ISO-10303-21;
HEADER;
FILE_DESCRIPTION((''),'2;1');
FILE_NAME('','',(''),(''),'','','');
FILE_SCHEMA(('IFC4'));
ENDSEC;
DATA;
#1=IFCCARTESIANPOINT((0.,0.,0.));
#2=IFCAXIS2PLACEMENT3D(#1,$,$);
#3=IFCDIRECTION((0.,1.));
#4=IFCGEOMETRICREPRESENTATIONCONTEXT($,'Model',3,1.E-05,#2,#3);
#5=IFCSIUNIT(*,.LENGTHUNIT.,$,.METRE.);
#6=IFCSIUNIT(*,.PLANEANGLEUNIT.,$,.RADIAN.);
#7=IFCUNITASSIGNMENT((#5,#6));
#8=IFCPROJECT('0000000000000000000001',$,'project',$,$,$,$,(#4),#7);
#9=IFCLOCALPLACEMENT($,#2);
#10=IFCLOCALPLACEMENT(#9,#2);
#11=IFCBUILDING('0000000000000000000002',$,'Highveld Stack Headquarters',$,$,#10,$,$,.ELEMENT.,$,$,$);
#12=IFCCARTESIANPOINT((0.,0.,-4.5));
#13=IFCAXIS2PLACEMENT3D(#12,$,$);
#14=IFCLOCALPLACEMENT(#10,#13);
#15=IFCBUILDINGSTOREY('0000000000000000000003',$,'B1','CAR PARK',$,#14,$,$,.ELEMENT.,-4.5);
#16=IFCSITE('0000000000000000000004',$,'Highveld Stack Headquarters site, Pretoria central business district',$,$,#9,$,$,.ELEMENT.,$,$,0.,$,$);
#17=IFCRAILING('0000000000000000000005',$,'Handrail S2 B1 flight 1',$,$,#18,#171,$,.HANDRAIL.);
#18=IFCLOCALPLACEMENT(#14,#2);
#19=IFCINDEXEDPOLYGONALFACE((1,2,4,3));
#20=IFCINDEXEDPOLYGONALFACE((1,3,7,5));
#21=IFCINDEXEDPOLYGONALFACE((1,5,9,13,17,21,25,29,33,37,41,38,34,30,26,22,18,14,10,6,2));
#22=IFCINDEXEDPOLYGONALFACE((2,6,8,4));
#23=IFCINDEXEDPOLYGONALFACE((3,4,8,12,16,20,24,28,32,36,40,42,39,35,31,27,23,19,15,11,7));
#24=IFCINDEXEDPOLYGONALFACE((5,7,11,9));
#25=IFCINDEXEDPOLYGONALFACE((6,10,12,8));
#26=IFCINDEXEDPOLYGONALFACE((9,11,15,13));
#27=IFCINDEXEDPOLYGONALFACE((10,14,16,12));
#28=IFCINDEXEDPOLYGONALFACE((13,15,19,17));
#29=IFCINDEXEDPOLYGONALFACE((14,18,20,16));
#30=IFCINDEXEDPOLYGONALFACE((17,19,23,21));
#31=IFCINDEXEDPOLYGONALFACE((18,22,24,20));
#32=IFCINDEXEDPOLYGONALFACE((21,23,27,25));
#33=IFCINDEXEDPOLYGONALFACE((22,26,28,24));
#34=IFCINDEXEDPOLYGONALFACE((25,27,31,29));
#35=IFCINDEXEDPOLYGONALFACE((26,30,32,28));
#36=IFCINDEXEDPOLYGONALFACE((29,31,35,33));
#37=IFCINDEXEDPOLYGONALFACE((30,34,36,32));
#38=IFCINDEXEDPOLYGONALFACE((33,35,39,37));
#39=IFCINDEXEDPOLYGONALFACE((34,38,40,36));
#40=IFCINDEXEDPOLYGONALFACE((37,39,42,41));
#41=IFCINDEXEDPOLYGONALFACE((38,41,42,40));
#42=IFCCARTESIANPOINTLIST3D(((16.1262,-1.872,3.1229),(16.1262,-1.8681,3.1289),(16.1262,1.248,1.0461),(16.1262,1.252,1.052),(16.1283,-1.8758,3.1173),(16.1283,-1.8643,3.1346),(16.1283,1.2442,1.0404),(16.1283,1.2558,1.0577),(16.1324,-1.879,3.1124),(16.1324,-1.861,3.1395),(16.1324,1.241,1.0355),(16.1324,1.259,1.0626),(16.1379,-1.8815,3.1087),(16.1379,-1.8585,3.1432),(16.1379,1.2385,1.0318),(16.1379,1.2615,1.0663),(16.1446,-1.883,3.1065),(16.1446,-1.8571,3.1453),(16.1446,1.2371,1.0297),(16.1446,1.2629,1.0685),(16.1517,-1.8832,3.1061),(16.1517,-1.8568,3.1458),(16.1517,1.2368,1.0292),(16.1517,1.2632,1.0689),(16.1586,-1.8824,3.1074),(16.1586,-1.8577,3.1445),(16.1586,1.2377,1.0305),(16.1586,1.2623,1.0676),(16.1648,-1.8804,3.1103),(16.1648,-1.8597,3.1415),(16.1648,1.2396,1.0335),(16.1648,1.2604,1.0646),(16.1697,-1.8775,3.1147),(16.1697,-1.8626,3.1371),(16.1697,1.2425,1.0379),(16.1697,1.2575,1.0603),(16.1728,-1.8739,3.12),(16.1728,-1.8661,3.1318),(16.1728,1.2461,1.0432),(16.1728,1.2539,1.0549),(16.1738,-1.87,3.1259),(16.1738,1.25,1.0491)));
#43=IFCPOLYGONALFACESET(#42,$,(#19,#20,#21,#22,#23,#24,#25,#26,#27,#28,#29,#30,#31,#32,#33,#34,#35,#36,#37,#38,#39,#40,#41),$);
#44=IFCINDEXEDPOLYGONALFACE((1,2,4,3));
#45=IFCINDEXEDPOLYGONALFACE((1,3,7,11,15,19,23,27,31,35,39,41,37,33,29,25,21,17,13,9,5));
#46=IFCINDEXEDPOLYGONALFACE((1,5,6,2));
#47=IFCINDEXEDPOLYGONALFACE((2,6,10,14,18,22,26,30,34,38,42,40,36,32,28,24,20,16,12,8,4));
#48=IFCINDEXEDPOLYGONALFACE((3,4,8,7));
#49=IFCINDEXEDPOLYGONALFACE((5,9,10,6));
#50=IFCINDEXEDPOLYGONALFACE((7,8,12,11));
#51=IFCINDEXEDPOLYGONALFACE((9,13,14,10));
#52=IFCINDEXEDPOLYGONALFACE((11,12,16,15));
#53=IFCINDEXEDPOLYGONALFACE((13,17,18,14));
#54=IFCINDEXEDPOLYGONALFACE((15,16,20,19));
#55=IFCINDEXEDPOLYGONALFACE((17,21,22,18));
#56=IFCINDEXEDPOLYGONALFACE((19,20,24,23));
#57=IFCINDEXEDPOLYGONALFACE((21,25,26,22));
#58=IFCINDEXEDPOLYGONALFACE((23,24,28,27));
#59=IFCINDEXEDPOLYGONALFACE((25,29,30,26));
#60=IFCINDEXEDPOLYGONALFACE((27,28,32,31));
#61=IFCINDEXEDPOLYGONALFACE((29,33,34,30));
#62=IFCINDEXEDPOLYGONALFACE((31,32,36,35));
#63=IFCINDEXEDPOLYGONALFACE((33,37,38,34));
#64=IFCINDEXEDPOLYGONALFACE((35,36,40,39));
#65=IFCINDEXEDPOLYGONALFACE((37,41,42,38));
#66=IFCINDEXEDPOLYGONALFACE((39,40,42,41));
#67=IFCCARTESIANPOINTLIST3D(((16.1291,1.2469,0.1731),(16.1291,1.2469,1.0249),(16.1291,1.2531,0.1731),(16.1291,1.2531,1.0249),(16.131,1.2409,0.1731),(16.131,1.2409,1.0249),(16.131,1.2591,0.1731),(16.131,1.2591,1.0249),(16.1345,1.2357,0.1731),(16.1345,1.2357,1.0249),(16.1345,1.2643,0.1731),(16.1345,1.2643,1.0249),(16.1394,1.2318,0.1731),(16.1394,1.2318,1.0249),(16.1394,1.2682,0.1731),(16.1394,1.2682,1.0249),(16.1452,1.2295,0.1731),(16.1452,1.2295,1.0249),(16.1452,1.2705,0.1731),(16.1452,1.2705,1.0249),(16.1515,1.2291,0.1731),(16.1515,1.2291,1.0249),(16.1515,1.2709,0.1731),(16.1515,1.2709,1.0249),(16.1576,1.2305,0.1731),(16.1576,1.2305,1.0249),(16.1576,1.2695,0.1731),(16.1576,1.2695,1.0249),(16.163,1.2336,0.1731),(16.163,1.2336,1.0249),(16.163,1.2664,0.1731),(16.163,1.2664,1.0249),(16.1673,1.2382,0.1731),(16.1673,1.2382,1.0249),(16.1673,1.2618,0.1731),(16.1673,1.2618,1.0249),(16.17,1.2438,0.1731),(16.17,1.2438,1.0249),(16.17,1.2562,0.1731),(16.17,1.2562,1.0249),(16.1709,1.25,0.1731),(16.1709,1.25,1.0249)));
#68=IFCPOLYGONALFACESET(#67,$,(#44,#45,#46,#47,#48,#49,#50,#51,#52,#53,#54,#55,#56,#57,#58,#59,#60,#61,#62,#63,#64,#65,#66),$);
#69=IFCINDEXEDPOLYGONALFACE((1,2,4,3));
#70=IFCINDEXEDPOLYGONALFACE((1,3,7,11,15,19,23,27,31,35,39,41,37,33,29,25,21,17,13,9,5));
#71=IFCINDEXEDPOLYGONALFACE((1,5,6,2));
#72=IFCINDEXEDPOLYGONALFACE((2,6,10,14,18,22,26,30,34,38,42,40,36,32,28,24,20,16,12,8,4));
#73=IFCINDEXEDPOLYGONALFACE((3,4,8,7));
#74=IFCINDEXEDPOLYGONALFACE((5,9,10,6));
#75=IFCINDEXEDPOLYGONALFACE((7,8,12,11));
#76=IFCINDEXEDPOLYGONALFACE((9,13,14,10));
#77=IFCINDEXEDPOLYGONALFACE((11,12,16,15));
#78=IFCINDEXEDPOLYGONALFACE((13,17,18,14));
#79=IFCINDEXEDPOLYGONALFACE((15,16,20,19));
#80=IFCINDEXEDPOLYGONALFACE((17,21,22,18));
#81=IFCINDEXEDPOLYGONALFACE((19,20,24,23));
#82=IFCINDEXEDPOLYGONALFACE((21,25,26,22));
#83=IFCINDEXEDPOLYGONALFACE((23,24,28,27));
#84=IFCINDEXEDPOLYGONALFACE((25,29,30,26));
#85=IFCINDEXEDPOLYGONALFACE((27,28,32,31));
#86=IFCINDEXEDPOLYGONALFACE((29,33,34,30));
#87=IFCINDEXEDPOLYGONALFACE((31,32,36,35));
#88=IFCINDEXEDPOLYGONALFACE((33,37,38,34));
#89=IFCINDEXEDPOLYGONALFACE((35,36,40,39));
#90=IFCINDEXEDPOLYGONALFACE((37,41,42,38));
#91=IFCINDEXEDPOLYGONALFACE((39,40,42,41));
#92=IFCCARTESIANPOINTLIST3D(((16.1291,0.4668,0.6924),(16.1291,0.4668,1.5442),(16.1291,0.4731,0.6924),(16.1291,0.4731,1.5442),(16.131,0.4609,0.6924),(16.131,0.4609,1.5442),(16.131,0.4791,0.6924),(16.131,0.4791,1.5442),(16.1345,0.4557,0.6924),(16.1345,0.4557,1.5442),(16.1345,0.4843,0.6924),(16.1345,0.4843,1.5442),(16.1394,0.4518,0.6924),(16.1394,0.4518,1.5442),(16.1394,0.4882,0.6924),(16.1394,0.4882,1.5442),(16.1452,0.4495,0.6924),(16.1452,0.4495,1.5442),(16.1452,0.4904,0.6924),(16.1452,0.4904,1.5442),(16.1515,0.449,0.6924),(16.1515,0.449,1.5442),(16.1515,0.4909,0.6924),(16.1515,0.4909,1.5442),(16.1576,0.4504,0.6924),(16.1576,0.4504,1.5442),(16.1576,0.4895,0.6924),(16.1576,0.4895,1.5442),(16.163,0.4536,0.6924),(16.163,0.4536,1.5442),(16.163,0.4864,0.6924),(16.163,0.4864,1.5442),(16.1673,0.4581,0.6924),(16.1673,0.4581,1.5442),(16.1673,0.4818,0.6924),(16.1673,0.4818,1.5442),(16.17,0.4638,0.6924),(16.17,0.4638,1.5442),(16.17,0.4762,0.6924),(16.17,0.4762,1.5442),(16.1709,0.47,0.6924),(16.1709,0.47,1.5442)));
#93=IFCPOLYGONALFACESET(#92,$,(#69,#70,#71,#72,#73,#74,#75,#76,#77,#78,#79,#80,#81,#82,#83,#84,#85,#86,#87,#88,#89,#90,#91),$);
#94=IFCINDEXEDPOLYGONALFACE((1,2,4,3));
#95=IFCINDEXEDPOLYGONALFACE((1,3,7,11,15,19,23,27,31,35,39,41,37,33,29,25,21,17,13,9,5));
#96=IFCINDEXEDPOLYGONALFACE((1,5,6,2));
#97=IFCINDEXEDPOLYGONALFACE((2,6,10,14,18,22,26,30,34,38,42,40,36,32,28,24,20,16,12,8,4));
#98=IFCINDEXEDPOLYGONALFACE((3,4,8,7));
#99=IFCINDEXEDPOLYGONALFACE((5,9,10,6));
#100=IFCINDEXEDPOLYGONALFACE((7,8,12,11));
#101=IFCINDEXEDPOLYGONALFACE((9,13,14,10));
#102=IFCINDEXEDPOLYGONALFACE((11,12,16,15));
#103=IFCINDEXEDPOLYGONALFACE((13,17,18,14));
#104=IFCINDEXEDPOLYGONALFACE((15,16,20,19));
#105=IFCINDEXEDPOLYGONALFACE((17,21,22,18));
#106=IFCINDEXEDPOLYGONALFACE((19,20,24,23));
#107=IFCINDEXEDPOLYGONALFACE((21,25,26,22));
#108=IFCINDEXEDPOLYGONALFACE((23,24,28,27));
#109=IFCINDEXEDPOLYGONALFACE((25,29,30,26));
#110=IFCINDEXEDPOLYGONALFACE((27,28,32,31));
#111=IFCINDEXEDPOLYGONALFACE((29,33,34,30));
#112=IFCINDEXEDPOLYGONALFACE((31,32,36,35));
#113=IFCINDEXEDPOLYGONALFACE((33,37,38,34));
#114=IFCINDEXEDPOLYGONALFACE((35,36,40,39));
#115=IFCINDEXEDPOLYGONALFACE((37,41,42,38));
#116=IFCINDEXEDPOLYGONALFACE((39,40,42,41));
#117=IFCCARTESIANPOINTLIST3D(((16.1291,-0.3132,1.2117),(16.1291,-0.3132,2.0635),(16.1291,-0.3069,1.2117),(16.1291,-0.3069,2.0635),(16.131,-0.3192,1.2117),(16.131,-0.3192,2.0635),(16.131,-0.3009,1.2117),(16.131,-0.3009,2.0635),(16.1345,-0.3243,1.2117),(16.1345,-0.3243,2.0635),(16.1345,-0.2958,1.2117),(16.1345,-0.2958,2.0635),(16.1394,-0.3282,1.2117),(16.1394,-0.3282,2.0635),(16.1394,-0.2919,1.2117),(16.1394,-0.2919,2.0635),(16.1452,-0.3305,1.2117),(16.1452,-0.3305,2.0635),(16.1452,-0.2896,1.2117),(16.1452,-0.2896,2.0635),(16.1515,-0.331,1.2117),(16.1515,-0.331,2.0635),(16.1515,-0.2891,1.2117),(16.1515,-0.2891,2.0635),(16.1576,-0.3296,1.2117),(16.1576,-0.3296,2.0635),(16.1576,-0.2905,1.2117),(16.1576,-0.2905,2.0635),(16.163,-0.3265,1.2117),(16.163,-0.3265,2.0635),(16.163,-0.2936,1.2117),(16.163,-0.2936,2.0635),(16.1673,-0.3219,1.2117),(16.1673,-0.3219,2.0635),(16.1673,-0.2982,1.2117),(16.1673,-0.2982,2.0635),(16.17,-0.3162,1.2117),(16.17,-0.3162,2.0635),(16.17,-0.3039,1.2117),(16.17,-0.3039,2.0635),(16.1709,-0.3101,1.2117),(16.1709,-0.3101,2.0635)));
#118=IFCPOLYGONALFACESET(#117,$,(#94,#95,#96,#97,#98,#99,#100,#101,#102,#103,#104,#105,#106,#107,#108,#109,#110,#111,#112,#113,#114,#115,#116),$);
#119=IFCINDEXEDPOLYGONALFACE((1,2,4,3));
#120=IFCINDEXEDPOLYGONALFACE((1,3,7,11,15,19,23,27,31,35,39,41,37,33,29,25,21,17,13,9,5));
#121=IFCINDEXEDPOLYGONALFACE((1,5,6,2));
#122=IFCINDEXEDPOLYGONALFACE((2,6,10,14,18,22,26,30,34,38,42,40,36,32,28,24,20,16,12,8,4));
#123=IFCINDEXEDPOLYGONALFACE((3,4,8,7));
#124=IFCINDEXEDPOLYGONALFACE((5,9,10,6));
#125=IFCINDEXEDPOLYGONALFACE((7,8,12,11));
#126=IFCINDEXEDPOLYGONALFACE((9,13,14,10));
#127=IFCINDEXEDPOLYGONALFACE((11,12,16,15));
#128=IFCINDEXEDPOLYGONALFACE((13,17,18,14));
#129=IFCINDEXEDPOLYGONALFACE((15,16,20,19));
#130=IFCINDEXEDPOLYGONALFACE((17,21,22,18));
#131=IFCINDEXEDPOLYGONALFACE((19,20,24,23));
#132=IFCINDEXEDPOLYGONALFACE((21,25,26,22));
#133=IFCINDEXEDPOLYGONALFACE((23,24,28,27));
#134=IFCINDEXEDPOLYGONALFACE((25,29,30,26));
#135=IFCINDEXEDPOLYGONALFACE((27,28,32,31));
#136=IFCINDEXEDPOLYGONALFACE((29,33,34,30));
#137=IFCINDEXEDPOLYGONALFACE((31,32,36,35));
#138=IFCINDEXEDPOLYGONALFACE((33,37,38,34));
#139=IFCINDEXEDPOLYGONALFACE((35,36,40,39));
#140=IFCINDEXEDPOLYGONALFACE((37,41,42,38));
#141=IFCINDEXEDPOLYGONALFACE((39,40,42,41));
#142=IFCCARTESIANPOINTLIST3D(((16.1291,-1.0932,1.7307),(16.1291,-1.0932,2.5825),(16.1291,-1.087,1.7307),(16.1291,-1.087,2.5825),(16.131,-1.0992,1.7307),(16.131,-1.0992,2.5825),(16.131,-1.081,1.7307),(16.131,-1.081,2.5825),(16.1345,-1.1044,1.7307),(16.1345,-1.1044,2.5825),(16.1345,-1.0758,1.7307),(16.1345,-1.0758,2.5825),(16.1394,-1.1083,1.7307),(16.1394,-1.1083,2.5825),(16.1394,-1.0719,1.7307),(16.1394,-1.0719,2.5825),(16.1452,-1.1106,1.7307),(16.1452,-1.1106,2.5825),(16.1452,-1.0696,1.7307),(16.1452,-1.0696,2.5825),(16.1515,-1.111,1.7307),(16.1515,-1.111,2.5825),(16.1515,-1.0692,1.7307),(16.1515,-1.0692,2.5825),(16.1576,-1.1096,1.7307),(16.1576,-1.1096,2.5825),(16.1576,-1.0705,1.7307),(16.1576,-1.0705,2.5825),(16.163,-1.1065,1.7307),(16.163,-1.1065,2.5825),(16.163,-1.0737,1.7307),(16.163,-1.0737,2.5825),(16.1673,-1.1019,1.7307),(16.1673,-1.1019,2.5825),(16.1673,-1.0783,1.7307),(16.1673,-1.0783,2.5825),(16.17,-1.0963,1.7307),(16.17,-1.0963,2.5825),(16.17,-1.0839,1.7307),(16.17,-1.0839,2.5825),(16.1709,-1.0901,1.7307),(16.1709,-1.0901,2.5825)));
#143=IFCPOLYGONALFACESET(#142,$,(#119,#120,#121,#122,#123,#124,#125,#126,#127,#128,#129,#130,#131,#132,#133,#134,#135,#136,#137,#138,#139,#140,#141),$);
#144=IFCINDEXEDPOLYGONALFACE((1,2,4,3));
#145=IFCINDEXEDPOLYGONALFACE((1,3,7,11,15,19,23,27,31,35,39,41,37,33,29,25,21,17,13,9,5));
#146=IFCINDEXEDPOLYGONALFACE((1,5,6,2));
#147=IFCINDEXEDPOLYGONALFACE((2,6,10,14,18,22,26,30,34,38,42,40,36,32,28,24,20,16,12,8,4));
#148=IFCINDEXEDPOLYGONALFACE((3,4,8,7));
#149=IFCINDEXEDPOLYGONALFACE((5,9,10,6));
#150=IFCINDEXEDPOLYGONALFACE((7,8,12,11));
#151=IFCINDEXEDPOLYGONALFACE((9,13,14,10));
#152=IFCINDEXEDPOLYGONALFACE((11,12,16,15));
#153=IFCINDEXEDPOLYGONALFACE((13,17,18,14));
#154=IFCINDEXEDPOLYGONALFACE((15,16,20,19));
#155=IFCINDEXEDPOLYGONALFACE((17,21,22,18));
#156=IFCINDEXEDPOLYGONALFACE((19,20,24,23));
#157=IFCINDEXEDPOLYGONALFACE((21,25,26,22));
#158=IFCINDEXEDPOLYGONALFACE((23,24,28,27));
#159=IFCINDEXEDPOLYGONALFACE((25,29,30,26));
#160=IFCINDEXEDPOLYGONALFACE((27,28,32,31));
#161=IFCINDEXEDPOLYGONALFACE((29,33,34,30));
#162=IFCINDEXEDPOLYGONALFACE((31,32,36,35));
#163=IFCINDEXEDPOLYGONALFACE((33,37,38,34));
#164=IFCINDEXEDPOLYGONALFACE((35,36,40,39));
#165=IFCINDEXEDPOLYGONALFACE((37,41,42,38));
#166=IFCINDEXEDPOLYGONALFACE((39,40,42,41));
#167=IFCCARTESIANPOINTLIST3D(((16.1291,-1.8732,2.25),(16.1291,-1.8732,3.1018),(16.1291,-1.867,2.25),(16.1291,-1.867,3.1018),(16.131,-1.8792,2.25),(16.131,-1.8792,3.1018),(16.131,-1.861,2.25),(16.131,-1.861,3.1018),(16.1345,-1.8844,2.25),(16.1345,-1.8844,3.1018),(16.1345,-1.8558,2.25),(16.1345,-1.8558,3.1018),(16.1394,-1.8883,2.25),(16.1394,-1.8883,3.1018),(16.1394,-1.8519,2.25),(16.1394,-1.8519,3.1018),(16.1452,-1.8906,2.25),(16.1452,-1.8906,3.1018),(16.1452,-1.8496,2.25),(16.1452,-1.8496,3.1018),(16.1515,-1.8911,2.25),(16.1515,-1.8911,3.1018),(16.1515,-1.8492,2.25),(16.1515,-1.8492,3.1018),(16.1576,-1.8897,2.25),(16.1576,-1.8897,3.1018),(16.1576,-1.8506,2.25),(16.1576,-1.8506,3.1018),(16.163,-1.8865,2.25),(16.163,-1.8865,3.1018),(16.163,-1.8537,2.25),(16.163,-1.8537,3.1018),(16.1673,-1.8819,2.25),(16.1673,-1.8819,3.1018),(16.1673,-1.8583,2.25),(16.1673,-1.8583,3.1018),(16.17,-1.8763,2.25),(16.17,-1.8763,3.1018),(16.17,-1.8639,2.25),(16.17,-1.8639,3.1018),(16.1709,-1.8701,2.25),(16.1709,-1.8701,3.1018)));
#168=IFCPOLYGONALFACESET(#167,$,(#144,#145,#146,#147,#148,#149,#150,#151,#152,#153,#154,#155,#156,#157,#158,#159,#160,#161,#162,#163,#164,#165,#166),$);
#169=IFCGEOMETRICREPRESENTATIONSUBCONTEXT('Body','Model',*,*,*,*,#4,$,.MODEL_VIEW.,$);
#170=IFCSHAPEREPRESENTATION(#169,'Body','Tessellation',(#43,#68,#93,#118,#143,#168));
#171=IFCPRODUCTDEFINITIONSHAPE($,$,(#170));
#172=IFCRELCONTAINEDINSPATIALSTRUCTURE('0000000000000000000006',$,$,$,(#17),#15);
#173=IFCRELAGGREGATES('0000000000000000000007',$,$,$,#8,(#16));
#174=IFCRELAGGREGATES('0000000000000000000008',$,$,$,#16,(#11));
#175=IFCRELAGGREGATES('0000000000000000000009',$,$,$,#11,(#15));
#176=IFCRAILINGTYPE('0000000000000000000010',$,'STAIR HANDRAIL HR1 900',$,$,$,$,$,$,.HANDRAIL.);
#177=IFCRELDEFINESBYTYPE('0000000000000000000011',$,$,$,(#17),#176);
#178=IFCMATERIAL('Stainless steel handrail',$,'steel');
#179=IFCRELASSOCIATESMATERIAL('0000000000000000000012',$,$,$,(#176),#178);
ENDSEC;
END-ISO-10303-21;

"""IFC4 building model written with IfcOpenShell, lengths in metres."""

from ifc_helpers import new_model, si_unit, direction, frame, origin, origin_2d, place, context, subcontext, project, spatial, circle, extrude, material, type_object, element, save


model = new_model("IFC4")

# Units and contexts
model_context = context("Model", 3, precision=1e-05, world=origin(), true_north=direction((0.0, 1.0)))
body_context = subcontext(model_context, "Body", "Model", "MODEL_VIEW")
ifc_project = project(units=[si_unit("LENGTHUNIT", "METRE"), si_unit("PLANEANGLEUNIT", "RADIAN")], contexts=[model_context])

# Site, building, storey
site_placement = place(None, origin())
site = spatial("IfcSite", under=ifc_project, at=site_placement, Name="Highveld Stack Headquarters site, Pretoria central business district", CompositionType="ELEMENT", RefElevation=0.0)
building_placement = place(site_placement, origin())
building = spatial("IfcBuilding", under=site, at=building_placement, Name="Highveld Stack Headquarters", CompositionType="ELEMENT")
storey_placement = place(building_placement, frame((0.0, 0.0, -4.5)))
storey = spatial("IfcBuildingStorey", under=building, at=storey_placement, Name="B1", Description="CAR PARK", CompositionType="ELEMENT", Elevation=-4.5)

# Railing
ifc_material_1 = material(Name="Stainless steel handrail", Category="steel")
railing_type = type_object("IfcRailingType", Name="STAIR HANDRAIL HR1 900", PredefinedType="HANDRAIL", material=ifc_material_1)
for number, where, name in (
    (1, (16.1499, 1.25, 0.1731), "Handrail S2 B1 flight 1"),
):
    element("IfcRailing", number, at=place(storey_placement, frame(where)), inside=storey, type_object=railing_type, Name=name, PredefinedType="HANDRAIL", context=body_context, shape_type="SweptSolid", body=[
        extrude(circle(Radius=0.0239, at=origin_2d()), frame((0.0, 0.0, 0.876), z_axis=(0.0, -0.832441, 0.554114), x_axis=(1.0, 0.0, 0.0)), (0.0, 0.0, 1.0), 3.748),
        extrude(circle(Radius=0.021, at=origin_2d()), origin(), (0.0, 0.0, 1.0), 0.8518),
        extrude(circle(Radius=0.021, at=origin_2d()), frame((0.0, -0.78, 0.5193)), (0.0, 0.0, 1.0), 0.8518),
        extrude(circle(Radius=0.021, at=origin_2d()), frame((0.0, -1.5601, 1.0386)), (0.0, 0.0, 1.0), 0.8518),
        extrude(circle(Radius=0.021, at=origin_2d()), frame((0.0, -2.3401, 1.5576)), (0.0, 0.0, 1.0), 0.8518),
        extrude(circle(Radius=0.021, at=origin_2d()), frame((0.0, -3.1201, 2.0769)), (0.0, 0.0, 1.0), 0.8518),
    ])

save(model, "model.ifc")
